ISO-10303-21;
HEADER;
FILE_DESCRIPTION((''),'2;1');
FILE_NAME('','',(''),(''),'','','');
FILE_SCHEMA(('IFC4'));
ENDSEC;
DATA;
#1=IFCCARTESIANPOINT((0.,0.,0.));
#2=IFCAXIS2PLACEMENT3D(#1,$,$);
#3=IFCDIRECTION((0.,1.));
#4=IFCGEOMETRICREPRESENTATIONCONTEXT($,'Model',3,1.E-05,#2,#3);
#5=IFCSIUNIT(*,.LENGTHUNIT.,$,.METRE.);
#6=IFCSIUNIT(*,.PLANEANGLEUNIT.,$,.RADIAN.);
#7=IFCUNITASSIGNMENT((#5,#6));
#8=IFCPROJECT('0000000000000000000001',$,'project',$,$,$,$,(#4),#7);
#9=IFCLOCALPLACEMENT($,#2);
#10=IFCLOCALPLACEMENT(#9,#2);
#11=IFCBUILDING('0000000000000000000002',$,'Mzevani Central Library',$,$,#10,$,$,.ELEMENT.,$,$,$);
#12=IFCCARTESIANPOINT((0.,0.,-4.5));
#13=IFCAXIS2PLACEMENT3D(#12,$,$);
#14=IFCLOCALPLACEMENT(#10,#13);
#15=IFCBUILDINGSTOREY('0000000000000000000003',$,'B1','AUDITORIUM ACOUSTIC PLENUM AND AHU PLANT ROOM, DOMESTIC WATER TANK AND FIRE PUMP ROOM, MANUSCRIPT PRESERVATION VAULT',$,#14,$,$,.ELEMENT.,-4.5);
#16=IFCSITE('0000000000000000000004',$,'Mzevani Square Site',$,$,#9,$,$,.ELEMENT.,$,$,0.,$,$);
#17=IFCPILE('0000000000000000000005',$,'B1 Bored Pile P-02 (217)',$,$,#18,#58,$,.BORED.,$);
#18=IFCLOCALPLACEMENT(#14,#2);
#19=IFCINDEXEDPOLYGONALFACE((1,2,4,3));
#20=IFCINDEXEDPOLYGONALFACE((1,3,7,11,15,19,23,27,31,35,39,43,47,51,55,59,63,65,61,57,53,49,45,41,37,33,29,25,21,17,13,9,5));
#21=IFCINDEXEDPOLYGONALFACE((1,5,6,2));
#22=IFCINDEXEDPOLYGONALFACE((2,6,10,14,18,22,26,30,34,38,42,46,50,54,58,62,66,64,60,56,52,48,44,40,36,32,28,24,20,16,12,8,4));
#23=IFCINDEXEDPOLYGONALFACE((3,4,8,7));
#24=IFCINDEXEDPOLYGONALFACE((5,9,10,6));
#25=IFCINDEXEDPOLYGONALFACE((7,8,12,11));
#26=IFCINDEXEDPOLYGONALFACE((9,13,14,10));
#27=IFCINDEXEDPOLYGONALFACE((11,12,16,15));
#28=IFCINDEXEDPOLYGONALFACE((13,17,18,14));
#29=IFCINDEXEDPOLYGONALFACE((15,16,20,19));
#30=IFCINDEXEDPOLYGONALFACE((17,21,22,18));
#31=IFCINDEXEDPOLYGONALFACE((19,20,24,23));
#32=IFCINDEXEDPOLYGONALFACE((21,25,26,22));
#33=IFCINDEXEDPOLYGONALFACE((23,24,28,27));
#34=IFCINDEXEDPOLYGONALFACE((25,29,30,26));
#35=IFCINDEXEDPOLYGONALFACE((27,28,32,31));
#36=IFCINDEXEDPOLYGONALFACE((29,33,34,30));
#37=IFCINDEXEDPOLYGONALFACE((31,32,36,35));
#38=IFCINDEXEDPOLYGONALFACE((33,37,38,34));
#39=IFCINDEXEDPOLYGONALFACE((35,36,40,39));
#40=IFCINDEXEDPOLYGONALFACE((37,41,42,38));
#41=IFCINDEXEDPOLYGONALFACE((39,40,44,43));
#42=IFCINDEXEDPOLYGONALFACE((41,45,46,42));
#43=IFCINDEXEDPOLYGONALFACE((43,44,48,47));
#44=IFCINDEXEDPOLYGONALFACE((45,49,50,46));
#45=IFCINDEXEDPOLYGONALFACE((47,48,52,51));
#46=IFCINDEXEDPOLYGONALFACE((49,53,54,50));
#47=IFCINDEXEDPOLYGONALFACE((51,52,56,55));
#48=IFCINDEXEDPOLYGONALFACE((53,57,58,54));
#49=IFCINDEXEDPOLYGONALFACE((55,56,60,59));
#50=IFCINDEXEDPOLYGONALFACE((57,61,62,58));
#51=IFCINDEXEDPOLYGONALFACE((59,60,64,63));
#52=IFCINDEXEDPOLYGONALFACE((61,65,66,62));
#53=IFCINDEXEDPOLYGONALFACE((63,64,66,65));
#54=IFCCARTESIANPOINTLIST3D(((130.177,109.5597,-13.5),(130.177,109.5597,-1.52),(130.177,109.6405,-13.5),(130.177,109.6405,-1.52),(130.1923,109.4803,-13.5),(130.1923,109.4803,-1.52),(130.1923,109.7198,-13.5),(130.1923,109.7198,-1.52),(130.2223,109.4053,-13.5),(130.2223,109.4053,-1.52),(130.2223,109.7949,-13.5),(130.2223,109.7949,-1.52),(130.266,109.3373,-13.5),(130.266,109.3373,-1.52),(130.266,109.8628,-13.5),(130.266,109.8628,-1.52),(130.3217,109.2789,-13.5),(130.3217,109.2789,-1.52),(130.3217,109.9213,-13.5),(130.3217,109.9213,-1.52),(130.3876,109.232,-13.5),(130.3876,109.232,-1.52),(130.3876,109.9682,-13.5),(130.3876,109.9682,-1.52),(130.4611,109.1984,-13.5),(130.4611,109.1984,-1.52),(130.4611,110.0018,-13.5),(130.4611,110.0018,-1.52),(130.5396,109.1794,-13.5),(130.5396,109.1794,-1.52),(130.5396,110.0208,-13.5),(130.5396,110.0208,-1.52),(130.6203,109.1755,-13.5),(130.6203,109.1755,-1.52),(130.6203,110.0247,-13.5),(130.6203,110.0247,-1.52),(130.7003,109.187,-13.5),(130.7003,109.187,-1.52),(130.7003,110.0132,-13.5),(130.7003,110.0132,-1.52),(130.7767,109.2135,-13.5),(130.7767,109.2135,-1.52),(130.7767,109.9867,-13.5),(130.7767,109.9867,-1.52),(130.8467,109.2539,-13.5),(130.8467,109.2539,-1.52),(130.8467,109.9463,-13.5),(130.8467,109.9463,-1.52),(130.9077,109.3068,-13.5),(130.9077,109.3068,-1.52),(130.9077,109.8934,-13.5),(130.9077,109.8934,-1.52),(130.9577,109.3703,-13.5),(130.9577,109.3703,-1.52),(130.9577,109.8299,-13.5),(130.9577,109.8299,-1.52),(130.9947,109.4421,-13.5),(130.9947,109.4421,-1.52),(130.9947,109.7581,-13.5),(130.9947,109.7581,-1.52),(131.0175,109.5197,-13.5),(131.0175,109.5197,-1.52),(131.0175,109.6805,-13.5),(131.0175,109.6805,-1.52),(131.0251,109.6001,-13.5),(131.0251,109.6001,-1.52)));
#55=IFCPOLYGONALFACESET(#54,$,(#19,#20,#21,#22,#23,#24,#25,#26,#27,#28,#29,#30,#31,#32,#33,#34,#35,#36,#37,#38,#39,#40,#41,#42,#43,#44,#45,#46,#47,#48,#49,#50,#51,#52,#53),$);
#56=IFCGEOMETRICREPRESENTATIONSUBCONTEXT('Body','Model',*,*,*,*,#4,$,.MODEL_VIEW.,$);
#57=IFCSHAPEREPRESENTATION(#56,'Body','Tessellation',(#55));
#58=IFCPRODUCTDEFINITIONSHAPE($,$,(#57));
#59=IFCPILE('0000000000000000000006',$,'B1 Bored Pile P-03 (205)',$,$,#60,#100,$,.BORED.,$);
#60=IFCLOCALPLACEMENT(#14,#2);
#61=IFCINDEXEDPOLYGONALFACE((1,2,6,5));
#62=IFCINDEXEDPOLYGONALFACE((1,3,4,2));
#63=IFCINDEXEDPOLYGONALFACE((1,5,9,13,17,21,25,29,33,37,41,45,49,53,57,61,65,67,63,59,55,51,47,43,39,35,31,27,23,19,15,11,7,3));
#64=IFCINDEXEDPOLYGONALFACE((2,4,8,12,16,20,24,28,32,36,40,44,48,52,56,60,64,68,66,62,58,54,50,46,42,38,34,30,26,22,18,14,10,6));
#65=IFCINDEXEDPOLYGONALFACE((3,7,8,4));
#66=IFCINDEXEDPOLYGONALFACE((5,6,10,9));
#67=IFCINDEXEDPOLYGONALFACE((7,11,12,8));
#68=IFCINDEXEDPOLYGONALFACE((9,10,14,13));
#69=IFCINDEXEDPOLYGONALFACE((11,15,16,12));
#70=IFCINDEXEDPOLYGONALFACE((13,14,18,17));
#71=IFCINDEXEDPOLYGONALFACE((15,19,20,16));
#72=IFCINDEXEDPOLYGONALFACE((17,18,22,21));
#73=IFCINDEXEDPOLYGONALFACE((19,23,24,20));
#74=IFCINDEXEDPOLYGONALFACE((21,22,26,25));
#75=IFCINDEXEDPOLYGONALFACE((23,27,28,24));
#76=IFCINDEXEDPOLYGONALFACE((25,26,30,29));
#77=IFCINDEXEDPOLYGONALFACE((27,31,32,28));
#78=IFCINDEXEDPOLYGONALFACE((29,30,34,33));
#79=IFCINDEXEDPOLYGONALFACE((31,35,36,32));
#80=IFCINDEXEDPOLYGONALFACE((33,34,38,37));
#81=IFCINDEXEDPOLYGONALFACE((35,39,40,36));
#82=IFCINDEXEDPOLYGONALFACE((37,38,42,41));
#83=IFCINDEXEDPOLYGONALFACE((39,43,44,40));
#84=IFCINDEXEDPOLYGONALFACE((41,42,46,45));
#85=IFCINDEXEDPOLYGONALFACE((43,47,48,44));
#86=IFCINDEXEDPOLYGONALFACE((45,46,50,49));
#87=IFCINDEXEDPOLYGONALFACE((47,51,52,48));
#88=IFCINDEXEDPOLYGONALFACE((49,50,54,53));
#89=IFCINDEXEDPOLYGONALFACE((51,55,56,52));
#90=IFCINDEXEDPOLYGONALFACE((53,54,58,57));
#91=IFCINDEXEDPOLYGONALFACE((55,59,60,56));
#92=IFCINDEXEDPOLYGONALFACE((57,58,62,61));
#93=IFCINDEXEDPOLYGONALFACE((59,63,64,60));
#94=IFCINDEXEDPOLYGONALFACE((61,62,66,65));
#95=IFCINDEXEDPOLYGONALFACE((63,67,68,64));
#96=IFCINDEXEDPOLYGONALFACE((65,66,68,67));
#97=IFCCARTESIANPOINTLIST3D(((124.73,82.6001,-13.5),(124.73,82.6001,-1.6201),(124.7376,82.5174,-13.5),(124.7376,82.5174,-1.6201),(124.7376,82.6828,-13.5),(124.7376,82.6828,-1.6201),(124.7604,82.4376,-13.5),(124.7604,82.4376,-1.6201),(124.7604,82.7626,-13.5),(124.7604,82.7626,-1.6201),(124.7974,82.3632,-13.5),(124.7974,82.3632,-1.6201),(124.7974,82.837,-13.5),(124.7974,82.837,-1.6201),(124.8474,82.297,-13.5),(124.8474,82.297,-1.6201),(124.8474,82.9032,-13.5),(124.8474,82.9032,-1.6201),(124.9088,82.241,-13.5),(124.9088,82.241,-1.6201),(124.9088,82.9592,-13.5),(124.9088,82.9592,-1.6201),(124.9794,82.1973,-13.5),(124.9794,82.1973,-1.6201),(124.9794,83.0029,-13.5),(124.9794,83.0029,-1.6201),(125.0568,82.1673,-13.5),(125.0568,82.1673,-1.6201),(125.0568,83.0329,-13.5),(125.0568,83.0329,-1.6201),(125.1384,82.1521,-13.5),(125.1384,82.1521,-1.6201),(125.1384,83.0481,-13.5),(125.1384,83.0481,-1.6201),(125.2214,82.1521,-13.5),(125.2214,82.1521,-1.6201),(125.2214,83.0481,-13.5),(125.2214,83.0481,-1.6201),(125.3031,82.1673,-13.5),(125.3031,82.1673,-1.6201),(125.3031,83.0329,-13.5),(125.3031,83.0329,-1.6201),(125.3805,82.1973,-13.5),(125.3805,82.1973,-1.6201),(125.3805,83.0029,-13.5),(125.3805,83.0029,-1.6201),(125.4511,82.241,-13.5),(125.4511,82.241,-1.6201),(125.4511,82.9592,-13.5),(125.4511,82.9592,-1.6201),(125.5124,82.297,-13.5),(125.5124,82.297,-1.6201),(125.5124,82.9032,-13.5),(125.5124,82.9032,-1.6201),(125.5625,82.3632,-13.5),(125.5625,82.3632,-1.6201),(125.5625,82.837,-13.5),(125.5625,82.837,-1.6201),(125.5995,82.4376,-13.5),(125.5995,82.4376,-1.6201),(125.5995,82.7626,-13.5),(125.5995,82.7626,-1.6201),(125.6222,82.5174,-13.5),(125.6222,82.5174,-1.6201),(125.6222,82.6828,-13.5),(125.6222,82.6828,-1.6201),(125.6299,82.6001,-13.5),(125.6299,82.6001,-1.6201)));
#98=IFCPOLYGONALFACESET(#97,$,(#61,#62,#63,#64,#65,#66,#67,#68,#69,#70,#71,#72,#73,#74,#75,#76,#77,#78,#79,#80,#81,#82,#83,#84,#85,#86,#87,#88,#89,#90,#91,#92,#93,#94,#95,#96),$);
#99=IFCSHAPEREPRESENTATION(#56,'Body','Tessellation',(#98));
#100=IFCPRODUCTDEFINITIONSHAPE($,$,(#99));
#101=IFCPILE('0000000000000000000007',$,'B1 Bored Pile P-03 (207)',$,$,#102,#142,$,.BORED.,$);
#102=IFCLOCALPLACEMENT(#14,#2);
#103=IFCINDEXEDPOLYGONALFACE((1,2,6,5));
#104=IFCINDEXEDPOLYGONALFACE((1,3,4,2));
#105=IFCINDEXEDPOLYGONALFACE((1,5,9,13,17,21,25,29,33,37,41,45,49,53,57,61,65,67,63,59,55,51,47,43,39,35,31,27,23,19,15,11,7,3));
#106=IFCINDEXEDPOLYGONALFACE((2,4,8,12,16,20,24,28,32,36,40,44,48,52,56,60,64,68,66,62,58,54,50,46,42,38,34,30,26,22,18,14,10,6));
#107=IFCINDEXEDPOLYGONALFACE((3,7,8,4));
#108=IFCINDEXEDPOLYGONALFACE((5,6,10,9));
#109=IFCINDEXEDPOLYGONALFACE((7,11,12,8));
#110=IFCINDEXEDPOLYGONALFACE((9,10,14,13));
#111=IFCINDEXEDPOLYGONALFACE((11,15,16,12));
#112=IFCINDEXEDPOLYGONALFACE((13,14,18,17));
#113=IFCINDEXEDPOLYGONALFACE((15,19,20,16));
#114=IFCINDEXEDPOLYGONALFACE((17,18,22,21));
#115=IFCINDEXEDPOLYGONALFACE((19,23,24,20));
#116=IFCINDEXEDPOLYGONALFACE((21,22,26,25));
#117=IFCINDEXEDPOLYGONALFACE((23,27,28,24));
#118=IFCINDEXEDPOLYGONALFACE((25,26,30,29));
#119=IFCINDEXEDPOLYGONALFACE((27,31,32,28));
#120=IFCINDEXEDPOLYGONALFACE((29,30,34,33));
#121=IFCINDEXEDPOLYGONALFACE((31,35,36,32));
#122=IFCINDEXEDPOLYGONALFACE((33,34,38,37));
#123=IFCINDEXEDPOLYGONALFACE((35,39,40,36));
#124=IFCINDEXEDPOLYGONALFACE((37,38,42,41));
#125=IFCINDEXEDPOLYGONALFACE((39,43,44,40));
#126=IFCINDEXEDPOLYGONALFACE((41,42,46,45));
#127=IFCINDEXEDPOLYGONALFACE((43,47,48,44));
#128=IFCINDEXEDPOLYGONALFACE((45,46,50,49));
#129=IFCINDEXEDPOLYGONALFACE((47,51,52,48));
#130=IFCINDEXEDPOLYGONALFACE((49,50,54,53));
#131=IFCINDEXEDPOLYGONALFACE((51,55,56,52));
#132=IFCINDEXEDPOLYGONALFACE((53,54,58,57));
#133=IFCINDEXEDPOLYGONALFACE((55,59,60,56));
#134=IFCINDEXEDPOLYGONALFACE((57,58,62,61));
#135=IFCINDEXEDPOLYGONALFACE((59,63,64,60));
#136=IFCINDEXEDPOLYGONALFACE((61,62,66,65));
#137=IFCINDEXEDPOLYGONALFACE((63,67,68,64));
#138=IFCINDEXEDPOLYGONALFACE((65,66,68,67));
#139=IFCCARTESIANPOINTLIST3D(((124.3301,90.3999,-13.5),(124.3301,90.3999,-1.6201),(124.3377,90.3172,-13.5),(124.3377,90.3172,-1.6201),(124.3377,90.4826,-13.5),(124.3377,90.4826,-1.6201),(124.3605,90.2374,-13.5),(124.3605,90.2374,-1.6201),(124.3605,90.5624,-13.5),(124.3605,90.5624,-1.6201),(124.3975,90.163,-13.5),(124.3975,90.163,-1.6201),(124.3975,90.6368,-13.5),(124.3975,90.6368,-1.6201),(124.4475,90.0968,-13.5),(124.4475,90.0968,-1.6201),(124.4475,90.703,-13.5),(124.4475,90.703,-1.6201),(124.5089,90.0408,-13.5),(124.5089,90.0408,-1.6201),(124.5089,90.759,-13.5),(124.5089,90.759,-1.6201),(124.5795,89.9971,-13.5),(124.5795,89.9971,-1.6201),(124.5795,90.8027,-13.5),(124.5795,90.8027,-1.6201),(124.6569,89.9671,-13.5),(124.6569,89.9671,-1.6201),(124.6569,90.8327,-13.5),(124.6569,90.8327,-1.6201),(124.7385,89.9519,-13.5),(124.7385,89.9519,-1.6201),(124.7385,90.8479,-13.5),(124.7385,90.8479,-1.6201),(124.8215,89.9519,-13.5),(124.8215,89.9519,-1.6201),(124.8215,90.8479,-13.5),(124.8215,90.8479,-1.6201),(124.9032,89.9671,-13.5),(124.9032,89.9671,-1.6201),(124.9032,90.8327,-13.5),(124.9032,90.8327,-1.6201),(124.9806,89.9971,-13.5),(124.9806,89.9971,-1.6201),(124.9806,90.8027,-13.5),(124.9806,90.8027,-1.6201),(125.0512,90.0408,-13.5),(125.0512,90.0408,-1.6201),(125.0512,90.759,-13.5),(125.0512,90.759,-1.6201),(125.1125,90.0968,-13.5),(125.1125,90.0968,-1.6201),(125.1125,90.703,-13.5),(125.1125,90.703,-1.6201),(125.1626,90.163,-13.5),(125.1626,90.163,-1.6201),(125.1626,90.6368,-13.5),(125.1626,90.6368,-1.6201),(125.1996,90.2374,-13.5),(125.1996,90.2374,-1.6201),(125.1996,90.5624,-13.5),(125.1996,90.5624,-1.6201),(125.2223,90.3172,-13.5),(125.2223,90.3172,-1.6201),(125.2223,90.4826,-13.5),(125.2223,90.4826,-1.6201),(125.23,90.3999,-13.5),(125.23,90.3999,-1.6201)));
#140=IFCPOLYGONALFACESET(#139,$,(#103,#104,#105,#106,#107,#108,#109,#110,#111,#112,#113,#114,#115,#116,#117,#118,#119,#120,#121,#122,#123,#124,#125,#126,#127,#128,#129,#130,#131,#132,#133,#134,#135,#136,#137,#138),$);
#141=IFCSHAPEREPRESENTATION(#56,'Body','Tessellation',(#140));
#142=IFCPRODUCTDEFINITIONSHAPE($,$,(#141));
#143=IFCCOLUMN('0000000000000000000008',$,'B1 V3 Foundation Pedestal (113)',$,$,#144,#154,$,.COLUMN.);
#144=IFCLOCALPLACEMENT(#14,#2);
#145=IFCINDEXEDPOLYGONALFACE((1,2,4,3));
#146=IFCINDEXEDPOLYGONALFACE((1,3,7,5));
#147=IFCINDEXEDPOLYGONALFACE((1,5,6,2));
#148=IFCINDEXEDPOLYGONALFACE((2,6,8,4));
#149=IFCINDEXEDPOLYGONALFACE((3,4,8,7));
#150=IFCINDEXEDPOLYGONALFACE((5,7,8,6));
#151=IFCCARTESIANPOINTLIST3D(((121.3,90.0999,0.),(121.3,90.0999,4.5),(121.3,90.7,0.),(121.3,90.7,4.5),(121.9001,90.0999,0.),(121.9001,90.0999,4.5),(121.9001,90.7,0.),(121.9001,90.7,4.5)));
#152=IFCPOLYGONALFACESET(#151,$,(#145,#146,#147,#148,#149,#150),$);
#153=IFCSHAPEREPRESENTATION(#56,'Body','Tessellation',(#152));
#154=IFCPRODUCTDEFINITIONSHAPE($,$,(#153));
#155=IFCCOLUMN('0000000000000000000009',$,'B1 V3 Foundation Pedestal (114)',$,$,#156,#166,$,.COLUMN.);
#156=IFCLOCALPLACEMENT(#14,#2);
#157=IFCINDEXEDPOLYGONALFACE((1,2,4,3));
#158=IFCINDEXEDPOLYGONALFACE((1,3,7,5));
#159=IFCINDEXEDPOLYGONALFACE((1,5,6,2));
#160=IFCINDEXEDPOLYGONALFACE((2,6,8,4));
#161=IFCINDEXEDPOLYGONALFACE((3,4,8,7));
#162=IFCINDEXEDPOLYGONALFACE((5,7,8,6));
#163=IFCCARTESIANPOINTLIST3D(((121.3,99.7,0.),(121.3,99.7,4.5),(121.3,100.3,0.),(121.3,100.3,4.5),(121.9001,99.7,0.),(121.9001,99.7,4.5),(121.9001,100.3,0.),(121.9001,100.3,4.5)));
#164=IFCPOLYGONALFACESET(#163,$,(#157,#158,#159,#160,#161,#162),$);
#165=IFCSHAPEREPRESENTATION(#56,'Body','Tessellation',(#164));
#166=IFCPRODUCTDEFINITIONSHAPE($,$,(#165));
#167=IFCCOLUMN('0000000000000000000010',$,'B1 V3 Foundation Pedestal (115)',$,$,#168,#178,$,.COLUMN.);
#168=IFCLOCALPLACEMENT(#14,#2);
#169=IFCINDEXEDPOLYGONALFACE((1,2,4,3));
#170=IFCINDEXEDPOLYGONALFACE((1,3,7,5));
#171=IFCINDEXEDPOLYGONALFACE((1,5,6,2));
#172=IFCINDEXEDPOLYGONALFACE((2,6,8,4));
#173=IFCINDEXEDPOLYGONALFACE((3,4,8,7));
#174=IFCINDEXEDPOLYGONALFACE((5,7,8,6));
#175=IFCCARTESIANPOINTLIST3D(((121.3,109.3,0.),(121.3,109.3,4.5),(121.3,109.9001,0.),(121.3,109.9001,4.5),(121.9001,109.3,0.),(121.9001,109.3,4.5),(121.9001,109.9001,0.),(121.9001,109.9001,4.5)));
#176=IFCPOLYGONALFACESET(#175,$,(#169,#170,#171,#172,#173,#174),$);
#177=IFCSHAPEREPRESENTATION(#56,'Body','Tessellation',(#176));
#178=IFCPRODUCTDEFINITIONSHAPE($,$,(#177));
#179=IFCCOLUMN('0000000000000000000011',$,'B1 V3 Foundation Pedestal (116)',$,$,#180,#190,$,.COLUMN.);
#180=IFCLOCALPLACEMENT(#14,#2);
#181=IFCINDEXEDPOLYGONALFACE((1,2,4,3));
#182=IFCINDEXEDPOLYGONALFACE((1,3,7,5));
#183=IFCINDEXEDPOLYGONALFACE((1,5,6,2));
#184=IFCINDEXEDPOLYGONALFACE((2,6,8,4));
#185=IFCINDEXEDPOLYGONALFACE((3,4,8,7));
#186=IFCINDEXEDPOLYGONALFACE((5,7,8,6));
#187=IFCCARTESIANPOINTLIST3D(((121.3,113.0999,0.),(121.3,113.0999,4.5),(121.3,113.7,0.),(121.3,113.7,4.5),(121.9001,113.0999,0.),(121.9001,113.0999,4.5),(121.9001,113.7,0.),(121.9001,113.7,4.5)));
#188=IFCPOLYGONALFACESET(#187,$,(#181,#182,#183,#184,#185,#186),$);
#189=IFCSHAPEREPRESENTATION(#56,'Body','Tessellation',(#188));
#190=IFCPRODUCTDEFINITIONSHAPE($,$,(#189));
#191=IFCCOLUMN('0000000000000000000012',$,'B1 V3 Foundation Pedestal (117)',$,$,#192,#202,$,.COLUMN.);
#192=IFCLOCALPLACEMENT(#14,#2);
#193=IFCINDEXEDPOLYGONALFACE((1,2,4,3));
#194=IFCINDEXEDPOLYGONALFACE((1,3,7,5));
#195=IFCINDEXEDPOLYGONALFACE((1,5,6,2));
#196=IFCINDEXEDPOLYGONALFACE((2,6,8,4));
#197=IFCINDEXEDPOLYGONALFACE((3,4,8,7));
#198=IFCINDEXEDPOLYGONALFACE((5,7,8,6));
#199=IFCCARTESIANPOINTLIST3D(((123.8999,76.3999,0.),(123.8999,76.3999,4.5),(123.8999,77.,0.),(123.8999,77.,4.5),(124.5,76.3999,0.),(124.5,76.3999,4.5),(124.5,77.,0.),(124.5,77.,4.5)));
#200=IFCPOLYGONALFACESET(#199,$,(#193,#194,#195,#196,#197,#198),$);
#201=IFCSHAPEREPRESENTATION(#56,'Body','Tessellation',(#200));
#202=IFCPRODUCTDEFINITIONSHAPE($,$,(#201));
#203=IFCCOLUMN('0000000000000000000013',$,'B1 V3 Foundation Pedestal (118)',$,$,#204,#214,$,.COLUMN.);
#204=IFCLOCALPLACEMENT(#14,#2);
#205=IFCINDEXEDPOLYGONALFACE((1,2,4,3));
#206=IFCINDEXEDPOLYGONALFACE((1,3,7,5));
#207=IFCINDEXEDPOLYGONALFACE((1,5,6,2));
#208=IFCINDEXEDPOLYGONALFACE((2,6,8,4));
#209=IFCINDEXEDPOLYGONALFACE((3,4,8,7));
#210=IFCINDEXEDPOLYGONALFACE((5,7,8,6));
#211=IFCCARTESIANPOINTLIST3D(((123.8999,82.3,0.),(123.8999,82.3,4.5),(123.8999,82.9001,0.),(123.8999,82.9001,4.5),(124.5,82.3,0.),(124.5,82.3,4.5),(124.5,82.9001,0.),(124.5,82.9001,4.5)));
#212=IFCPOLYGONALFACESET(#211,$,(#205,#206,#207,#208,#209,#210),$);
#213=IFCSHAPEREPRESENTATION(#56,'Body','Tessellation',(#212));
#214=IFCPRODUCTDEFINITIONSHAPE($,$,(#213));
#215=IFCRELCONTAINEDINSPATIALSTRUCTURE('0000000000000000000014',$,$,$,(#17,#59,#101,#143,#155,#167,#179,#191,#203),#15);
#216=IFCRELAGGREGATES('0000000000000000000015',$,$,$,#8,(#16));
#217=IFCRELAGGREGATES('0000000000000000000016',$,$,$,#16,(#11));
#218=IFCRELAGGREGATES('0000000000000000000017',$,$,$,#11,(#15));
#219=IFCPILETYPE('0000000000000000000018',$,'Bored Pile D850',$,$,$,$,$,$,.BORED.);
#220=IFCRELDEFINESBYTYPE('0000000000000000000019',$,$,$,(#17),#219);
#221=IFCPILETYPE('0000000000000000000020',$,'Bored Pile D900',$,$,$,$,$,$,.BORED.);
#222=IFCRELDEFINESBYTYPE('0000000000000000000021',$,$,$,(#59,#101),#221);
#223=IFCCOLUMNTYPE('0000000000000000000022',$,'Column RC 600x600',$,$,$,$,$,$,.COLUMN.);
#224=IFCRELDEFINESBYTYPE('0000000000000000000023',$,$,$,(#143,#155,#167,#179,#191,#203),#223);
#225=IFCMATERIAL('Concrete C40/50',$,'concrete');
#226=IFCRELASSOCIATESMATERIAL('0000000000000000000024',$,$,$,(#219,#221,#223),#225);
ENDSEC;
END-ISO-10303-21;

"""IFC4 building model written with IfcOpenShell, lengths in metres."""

from ifc_helpers import new_model, si_unit, direction, frame, origin, origin_2d, place, context, subcontext, project, spatial, rectangle, circle, extrude, material, material_profile, profile_set, type_object, element, save


model = new_model("IFC4")

# Units and contexts
model_context = context("Model", 3, precision=1e-05, world=origin(), true_north=direction((0.0, 1.0)))
body_context = subcontext(model_context, "Body", "Model", "MODEL_VIEW")
ifc_project = project(units=[si_unit("LENGTHUNIT", "METRE"), si_unit("PLANEANGLEUNIT", "RADIAN")], contexts=[model_context])

# Site, building, storey
site_placement = place(None, origin())
site = spatial("IfcSite", under=ifc_project, at=site_placement, Name="Mzevani Square Site", CompositionType="ELEMENT", RefElevation=0.0)
building_placement = place(site_placement, origin())
building = spatial("IfcBuilding", under=site, at=building_placement, Name="Mzevani Central Library", CompositionType="ELEMENT")
storey_placement = place(building_placement, frame((0.0, 0.0, -4.5)))
storey = spatial("IfcBuildingStorey", under=building, at=storey_placement, Name="B1", Description="AUDITORIUM ACOUSTIC PLENUM AND AHU PLANT ROOM, DOMESTIC WATER TANK AND FIRE PUMP ROOM, MANUSCRIPT PRESERVATION VAULT", CompositionType="ELEMENT", Elevation=-4.5)

# Piles
ifc_material_1 = material(Name="Concrete C40/50", Category="concrete")
ifc_material_profile_1 = material_profile(ifc_material_1, circle(Radius=0.425, at=origin_2d()), Name="PILE D850")
ifc_profile_set_1 = profile_set([ifc_material_profile_1], Name="Concrete C40/50")
pile_type_1 = type_object("IfcPileType", Name="Bored Pile D850", PredefinedType="BORED", material=ifc_profile_set_1)
for number, where, z_axis, x_axis, name in (
    (1, (130.6001, 109.6001, -1.52), (0.0, 0.0, -1.0), (1.0, 0.0, 0.0), "B1 Bored Pile P-02 (217)"),
):
    element("IfcPile", number, at=place(storey_placement, frame(where, z_axis=z_axis, x_axis=x_axis)), inside=storey, type_object=pile_type_1, Name=name, PredefinedType="BORED", context=body_context, shape_type="SweptSolid", body=[
        extrude(circle(Radius=0.425, at=origin_2d()), origin(), (0.0, 0.0, 1.0), 11.98),
    ])
ifc_material_profile_2 = material_profile(ifc_material_1, circle(Radius=0.45, at=origin_2d()), Name="PILE D900")
ifc_profile_set_2 = profile_set([ifc_material_profile_2], Name="Concrete C40/50")
pile_type_2 = type_object("IfcPileType", Name="Bored Pile D900", PredefinedType="BORED", material=ifc_profile_set_2)
for number, where, z_axis, x_axis, name in (
    (2, (125.1799, 82.6001, -1.6201), (0.0, 0.0, -1.0), (1.0, 0.0, 0.0), "B1 Bored Pile P-03 (205)"),
    (3, (124.78, 90.3999, -1.6201), (0.0, 0.0, -1.0), (1.0, 0.0, 0.0), "B1 Bored Pile P-03 (207)"),
):
    element("IfcPile", number, at=place(storey_placement, frame(where, z_axis=z_axis, x_axis=x_axis)), inside=storey, type_object=pile_type_2, Name=name, PredefinedType="BORED", context=body_context, shape_type="SweptSolid", body=[
        extrude(circle(Radius=0.45, at=origin_2d()), origin(), (0.0, 0.0, 1.0), 11.8799),
    ])

# Columns
ifc_material_profile_3 = material_profile(ifc_material_1, rectangle(XDim=0.6001, YDim=0.6001, at=origin_2d()), Name="RC 600x600")
ifc_profile_set_3 = profile_set([ifc_material_profile_3], Name="Concrete C40/50")
column_type = type_object("IfcColumnType", Name="Column RC 600x600", PredefinedType="COLUMN", material=ifc_profile_set_3)
for number, where, z_axis, x_axis, name in (
    (4, (121.6001, 90.3999, 0.0), (0.0, 0.0, 1.0), (1.0, 0.0, 0.0), "B1 V3 Foundation Pedestal (113)"),
    (5, (121.6001, 100.0, 0.0), (0.0, 0.0, 1.0), (1.0, 0.0, 0.0), "B1 V3 Foundation Pedestal (114)"),
    (6, (121.6001, 109.6001, 0.0), (0.0, 0.0, 1.0), (1.0, 0.0, 0.0), "B1 V3 Foundation Pedestal (115)"),
    (7, (121.6001, 113.3999, 0.0), (0.0, 0.0, 1.0), (1.0, 0.0, 0.0), "B1 V3 Foundation Pedestal (116)"),
    (8, (124.2, 76.7, 0.0), (0.0, 0.0, 1.0), (1.0, 0.0, 0.0), "B1 V3 Foundation Pedestal (117)"),
    (9, (124.2, 82.6001, 0.0), (0.0, 0.0, 1.0), (1.0, 0.0, 0.0), "B1 V3 Foundation Pedestal (118)"),
):
    element("IfcColumn", number, at=place(storey_placement, frame(where, z_axis=z_axis, x_axis=x_axis)), inside=storey, type_object=column_type, Name=name, PredefinedType="COLUMN", context=body_context, shape_type="SweptSolid", body=[
        extrude(rectangle(XDim=0.6001, YDim=0.6001, at=origin_2d()), origin(), (0.0, 0.0, 1.0), 4.5),
    ])

save(model, "model.ifc")
